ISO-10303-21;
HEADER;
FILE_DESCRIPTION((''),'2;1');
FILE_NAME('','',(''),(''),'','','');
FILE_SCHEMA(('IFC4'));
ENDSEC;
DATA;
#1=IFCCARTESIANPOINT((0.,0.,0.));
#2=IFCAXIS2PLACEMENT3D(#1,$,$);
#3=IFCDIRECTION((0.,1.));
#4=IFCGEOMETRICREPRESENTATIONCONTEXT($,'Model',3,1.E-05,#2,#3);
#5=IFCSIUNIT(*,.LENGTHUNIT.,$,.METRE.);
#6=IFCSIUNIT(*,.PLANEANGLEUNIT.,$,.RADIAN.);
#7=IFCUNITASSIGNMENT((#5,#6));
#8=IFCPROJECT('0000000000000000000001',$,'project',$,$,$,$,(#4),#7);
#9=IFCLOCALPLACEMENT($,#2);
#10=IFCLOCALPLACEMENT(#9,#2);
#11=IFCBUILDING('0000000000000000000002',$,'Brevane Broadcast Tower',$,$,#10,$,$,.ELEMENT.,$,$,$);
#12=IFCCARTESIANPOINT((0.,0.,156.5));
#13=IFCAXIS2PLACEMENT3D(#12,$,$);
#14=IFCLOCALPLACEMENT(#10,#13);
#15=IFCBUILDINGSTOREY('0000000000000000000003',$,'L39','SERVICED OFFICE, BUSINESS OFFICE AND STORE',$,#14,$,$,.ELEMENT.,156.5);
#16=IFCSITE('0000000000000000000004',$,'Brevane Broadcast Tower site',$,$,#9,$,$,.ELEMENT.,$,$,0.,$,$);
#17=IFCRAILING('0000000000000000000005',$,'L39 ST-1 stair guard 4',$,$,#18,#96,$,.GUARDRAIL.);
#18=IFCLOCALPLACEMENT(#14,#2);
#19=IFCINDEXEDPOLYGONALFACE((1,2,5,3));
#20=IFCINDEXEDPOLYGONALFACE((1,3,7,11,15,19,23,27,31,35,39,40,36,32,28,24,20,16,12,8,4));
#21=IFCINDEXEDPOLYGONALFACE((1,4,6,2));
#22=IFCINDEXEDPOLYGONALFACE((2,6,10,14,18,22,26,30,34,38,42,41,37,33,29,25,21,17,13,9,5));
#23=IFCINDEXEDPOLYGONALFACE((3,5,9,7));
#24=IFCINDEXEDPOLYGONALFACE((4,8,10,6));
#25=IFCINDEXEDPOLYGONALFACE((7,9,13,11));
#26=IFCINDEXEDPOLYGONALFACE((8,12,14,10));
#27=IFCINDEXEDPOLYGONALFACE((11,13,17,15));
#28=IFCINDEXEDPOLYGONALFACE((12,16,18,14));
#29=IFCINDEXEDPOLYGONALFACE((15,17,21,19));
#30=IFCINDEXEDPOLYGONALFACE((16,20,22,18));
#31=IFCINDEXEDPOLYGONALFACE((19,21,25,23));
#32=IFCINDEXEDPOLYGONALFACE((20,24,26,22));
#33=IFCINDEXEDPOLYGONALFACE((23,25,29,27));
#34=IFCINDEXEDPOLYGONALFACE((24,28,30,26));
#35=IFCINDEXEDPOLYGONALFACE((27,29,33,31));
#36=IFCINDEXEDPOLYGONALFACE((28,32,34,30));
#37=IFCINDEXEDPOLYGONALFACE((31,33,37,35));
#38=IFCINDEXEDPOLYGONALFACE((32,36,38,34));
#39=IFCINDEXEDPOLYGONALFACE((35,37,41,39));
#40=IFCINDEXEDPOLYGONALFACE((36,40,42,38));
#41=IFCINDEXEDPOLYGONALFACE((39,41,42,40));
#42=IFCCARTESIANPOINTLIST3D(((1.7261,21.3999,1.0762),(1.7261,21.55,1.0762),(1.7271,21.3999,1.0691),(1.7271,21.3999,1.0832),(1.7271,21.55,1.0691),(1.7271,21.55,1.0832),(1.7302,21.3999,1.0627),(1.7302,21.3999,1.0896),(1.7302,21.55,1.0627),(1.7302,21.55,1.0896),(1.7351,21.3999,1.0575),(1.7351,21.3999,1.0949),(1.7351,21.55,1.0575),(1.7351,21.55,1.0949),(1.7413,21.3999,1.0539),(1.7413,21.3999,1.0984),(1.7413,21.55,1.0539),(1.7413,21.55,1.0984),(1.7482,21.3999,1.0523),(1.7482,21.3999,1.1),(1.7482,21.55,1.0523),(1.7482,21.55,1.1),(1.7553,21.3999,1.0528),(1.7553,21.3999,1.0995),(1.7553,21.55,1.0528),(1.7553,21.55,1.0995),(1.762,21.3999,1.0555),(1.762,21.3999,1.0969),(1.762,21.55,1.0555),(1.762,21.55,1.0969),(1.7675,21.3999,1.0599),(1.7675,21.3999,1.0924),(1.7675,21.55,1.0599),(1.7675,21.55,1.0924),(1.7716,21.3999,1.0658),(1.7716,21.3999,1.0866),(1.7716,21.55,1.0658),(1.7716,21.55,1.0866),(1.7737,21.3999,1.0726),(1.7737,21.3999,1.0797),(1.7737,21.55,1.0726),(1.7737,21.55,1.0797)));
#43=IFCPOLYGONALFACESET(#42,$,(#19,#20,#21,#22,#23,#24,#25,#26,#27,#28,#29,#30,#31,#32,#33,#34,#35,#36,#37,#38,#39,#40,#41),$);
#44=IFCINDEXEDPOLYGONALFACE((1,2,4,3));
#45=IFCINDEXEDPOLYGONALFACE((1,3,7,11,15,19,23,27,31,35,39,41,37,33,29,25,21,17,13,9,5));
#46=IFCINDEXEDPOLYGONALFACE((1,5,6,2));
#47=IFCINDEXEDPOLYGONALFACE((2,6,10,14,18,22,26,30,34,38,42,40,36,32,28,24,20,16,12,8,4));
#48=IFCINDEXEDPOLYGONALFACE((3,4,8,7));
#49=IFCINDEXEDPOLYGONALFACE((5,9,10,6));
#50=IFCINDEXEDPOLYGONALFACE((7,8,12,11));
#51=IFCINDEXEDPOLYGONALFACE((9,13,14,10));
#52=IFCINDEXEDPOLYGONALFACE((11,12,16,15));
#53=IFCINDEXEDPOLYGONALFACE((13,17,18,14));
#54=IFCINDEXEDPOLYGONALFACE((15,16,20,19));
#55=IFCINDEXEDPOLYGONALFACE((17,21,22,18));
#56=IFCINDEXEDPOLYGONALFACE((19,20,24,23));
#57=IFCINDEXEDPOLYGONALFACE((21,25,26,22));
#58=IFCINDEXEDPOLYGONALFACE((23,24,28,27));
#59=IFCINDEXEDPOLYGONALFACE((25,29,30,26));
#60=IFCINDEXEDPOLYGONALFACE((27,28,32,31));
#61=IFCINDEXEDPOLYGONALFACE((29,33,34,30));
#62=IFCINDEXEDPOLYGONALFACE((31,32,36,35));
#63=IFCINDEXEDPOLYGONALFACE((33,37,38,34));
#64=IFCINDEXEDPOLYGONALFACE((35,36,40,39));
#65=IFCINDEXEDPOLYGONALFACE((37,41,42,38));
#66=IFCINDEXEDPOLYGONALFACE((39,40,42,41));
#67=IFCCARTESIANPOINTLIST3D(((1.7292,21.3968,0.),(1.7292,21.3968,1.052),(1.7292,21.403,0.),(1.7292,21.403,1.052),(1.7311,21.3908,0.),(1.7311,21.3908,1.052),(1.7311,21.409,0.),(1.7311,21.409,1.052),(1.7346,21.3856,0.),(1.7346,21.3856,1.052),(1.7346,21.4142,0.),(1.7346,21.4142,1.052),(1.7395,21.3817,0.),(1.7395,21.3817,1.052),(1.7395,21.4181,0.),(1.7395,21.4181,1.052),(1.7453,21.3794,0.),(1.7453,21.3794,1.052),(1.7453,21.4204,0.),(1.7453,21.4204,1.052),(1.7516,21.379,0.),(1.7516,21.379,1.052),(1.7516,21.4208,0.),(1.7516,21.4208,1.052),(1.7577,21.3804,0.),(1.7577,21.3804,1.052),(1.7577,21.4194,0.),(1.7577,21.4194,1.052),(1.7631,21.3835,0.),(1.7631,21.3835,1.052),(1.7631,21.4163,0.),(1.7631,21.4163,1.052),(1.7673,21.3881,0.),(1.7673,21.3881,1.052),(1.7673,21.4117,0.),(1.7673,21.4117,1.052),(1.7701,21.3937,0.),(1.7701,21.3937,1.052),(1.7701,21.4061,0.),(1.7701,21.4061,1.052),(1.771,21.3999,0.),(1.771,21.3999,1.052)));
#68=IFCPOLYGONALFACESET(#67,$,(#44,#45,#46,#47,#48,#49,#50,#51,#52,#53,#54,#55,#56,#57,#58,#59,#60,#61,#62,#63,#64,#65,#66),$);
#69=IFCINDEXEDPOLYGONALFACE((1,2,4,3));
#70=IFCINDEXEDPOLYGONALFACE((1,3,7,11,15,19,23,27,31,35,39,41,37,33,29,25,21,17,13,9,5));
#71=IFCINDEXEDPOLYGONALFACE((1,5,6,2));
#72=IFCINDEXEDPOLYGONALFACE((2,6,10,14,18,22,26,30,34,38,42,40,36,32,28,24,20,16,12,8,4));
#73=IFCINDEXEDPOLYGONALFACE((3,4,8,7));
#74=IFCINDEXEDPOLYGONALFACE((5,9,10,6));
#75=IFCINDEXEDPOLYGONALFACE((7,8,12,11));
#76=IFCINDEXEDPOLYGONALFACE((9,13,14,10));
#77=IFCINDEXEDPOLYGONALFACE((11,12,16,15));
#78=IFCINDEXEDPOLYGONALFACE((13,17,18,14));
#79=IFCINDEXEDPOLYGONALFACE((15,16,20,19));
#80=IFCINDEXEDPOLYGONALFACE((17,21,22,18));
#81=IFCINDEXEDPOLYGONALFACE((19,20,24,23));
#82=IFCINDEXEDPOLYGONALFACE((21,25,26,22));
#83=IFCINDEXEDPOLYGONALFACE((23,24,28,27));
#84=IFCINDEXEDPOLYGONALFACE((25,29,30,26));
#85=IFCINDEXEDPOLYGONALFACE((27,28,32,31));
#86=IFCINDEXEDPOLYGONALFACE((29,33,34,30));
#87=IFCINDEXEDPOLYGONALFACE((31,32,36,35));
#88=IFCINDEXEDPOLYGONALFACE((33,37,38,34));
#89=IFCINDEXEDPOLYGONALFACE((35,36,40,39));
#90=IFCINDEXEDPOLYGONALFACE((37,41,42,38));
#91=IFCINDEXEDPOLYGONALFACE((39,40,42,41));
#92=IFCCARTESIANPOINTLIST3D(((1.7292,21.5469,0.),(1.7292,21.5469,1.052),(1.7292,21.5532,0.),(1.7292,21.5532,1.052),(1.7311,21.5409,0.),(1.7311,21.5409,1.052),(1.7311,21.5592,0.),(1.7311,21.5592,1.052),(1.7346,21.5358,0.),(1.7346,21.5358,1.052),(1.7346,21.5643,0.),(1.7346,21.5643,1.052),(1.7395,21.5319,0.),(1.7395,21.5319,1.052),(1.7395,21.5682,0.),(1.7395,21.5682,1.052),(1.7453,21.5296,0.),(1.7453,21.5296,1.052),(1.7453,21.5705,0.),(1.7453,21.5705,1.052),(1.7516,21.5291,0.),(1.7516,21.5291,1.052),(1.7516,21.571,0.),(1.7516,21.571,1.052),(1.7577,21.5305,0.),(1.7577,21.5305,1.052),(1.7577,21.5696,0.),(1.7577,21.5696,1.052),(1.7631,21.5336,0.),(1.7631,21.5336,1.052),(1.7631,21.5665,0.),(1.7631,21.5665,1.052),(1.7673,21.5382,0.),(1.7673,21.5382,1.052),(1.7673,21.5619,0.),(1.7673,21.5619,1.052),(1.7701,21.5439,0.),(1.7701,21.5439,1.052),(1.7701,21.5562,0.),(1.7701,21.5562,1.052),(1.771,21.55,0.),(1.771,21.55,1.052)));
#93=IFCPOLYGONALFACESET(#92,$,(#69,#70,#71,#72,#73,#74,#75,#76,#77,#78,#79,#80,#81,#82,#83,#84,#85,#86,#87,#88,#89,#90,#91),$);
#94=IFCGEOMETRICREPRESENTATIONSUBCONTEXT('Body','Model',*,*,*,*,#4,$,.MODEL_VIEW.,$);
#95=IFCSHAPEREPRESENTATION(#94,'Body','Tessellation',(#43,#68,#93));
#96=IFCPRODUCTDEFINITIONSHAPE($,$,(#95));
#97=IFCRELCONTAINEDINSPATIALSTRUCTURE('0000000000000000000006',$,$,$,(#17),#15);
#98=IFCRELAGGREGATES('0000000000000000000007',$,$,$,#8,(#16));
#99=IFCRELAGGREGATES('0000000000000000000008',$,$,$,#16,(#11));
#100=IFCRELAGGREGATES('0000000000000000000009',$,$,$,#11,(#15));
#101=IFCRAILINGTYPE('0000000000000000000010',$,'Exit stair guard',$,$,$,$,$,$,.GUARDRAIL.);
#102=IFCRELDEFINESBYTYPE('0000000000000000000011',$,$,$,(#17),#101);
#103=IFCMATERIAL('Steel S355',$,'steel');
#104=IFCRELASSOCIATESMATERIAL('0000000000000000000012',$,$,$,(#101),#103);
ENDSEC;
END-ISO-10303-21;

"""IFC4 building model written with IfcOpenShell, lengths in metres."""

from ifc_helpers import new_model, si_unit, direction, frame, origin, origin_2d, place, context, subcontext, project, spatial, circle, extrude, material, type_object, element, save


model = new_model("IFC4")

# Units and contexts
model_context = context("Model", 3, precision=1e-05, world=origin(), true_north=direction((0.0, 1.0)))
body_context = subcontext(model_context, "Body", "Model", "MODEL_VIEW")
ifc_project = project(units=[si_unit("LENGTHUNIT", "METRE"), si_unit("PLANEANGLEUNIT", "RADIAN")], contexts=[model_context])

# Site, building, storey
site_placement = place(None, origin())
site = spatial("IfcSite", under=ifc_project, at=site_placement, Name="Brevane Broadcast Tower site", CompositionType="ELEMENT", RefElevation=0.0)
building_placement = place(site_placement, origin())
building = spatial("IfcBuilding", under=site, at=building_placement, Name="Brevane Broadcast Tower", CompositionType="ELEMENT")
storey_placement = place(building_placement, frame((0.0, 0.0, 156.5)))
storey = spatial("IfcBuildingStorey", under=building, at=storey_placement, Name="L39", Description="SERVICED OFFICE, BUSINESS OFFICE AND STORE", CompositionType="ELEMENT", Elevation=156.5)

# Railing
ifc_material_1 = material(Name="Steel S355", Category="steel")
railing_type_1 = type_object("IfcRailingType", Name="Exit stair guard", PredefinedType="GUARDRAIL", material=ifc_material_1)
railing_1_placement = place(storey_placement, frame((1.75, 21.3999, 0.0)))
element("IfcRailing", 1, at=railing_1_placement, inside=storey, type_object=railing_type_1, Name="L39 ST-1 stair guard 4", PredefinedType="GUARDRAIL", context=body_context, shape_type="SweptSolid", body=[
    extrude(circle(Radius=0.0239, at=origin_2d()), frame((0.0, 0.0, 1.0762), z_axis=(0.0, 1.0, 0.0), x_axis=(-1.0, 0.0, 0.0)), (0.0, 0.0, 1.0), 0.1501),
    extrude(circle(Radius=0.021, at=origin_2d()), origin(), (0.0, 0.0, 1.0), 1.052),
    extrude(circle(Radius=0.021, at=origin_2d()), frame((0.0, 0.1501, 0.0)), (0.0, 0.0, 1.0), 1.052),
])

save(model, "model.ifc")
